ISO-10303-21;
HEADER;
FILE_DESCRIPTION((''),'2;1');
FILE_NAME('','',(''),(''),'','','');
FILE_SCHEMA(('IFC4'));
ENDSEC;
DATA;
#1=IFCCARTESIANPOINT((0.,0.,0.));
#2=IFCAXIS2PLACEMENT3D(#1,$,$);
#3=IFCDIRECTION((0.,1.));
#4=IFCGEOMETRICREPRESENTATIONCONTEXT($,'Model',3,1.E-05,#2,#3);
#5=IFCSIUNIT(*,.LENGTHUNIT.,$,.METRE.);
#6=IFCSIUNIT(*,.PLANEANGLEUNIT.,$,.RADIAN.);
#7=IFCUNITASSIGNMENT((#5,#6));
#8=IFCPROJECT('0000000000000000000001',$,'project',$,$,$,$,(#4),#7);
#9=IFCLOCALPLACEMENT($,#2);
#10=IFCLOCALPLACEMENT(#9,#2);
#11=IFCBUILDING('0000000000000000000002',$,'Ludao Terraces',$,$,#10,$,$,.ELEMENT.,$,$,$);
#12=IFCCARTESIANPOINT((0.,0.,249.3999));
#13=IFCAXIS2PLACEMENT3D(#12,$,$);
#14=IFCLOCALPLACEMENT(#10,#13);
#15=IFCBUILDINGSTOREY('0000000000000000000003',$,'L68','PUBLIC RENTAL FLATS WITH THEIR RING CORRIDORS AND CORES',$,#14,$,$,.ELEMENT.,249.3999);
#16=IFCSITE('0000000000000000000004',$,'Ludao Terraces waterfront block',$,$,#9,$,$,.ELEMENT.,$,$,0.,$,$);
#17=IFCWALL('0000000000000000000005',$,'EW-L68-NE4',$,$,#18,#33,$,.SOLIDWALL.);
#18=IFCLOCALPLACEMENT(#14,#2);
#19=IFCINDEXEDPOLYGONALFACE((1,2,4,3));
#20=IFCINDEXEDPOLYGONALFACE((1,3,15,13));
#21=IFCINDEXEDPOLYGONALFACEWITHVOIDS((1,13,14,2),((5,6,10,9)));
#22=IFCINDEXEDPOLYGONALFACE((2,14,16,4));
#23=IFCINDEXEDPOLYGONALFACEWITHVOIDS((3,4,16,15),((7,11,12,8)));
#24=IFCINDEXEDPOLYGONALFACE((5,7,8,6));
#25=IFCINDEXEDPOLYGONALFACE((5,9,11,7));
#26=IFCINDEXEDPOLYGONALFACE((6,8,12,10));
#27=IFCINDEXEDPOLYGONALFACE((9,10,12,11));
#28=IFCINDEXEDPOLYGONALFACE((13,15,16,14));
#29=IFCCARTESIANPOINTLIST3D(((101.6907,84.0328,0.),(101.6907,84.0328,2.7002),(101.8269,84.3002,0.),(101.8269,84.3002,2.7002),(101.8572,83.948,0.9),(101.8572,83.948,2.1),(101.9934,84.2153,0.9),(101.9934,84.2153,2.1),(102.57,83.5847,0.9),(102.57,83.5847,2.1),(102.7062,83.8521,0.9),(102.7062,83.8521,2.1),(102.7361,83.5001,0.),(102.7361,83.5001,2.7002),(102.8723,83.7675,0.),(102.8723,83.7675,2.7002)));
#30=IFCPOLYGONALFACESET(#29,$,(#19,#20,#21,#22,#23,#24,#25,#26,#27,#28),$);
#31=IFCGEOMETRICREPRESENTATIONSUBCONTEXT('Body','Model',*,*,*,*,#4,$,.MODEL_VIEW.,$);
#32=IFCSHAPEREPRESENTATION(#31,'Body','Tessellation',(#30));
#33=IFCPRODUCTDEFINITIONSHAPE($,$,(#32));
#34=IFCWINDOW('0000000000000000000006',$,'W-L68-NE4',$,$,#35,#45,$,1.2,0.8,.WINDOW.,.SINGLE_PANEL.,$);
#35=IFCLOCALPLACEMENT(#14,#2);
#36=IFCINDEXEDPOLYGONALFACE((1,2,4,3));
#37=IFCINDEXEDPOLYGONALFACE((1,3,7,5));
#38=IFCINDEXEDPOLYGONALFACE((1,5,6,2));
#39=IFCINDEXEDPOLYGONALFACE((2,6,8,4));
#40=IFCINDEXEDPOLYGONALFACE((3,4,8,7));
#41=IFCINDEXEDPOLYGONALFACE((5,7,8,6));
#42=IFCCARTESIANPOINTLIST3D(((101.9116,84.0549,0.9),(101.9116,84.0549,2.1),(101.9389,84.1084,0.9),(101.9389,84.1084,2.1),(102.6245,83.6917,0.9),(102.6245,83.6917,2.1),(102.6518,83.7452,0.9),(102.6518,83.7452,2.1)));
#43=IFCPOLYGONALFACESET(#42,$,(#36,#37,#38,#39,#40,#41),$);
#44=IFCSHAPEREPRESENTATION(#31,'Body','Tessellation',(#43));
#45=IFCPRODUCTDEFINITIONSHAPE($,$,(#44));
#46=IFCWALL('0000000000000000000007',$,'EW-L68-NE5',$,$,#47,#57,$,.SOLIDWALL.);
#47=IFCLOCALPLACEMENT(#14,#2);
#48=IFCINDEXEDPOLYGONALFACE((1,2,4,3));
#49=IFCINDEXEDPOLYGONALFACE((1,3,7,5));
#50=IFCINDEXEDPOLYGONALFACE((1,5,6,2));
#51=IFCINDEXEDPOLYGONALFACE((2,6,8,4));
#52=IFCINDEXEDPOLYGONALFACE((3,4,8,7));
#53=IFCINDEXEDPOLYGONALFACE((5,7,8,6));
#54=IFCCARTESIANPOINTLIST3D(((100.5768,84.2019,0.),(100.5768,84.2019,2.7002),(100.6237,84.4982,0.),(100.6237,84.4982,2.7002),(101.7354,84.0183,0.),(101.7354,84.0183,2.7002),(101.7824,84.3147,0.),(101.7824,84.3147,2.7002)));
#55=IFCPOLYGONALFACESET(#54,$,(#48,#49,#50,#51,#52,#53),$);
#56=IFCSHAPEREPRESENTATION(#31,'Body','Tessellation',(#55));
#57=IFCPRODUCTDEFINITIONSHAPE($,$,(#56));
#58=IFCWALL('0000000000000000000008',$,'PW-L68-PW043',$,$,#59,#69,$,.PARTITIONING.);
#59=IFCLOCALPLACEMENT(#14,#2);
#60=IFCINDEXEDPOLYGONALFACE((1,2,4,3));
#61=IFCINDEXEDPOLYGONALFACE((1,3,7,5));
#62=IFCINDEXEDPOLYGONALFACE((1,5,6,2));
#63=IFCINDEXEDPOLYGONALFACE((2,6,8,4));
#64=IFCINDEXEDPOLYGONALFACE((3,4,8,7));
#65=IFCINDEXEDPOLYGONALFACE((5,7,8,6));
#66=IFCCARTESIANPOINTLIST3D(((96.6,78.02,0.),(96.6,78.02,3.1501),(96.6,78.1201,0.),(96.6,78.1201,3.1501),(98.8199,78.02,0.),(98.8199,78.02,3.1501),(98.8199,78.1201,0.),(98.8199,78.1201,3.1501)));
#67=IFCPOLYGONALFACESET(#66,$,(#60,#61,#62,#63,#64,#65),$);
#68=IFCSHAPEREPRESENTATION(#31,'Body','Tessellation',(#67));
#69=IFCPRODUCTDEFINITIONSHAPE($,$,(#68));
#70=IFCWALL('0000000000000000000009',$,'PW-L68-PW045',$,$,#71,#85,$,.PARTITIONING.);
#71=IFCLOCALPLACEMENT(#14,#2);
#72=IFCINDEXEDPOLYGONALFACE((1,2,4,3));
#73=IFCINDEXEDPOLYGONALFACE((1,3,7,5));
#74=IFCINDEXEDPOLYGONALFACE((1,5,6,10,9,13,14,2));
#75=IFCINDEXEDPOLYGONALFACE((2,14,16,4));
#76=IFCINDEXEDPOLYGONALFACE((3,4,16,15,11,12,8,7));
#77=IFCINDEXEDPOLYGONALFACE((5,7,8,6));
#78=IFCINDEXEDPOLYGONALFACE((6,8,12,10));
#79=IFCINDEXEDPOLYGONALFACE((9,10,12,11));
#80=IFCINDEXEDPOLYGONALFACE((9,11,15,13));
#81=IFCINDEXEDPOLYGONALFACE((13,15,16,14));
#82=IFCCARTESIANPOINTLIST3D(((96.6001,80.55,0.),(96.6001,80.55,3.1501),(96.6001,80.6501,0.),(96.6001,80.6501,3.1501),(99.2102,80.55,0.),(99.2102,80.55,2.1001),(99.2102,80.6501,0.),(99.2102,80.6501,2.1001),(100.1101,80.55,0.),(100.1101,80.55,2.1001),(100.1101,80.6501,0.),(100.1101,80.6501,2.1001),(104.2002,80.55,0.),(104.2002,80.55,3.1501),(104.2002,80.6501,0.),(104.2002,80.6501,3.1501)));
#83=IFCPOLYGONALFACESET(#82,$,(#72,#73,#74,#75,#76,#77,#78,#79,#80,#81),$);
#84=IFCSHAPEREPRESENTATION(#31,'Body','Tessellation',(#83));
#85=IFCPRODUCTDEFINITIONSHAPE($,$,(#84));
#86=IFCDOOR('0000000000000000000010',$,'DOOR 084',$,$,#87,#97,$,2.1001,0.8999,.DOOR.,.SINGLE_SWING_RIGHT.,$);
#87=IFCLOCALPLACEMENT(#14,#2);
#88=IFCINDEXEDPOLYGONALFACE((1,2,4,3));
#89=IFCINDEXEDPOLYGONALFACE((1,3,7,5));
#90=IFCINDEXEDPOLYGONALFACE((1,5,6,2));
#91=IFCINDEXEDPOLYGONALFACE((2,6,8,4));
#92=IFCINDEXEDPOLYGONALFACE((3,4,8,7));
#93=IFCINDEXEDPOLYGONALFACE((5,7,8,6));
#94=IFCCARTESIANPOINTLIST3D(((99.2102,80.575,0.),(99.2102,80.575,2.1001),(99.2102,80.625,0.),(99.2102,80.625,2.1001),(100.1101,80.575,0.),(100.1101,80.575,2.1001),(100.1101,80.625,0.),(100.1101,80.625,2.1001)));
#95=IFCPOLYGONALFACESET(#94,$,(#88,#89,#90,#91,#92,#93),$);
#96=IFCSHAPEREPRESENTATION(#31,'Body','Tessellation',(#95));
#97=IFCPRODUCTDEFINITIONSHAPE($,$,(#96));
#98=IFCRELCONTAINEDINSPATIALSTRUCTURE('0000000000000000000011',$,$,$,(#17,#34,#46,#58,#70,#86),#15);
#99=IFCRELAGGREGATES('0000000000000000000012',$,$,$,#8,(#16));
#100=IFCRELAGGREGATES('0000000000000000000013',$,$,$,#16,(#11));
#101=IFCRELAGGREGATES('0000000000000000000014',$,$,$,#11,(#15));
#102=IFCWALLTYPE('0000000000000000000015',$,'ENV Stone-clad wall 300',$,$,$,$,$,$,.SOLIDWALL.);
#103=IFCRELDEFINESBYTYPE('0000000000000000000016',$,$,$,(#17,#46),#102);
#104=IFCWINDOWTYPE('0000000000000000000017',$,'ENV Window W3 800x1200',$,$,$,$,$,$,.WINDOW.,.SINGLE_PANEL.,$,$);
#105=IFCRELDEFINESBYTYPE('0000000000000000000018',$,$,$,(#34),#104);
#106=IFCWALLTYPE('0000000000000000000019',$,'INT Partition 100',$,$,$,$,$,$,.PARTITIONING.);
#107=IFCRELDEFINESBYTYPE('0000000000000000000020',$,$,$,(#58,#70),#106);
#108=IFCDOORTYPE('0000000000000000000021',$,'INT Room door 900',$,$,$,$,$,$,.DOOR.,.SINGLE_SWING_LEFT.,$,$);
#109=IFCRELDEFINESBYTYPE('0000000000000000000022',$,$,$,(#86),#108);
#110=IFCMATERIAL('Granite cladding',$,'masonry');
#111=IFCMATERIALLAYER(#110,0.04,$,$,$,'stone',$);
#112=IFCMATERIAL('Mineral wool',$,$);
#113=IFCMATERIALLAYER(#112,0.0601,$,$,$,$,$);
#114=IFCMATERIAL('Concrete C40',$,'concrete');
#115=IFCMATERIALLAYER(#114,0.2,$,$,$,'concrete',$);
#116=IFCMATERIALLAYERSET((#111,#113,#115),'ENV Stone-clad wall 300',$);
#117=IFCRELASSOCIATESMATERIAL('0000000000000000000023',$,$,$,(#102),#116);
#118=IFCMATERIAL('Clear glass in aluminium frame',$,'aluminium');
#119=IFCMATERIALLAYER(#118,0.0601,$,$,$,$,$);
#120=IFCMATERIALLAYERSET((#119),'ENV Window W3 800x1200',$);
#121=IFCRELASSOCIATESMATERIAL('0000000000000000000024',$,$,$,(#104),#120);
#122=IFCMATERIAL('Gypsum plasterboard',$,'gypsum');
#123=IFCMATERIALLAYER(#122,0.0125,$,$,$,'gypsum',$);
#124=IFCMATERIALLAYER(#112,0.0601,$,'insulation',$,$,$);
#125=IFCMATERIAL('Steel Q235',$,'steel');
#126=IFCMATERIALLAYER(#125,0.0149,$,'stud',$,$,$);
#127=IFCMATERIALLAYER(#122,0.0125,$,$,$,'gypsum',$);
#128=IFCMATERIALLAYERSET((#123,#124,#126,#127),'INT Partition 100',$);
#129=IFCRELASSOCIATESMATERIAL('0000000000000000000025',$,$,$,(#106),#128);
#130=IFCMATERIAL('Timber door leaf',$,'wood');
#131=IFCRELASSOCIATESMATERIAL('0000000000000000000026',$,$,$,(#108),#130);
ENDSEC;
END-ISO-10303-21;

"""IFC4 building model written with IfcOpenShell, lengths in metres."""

from ifc_helpers import new_model, si_unit, direction, frame, frame_2d, origin, place, context, subcontext, project, spatial, rectangle, extrude, material, layer, layer_set, type_object, element, fill, save


model = new_model("IFC4")

# Units and contexts
model_context = context("Model", 3, precision=1e-05, world=origin(), true_north=direction((0.0, 1.0)))
body_context = subcontext(model_context, "Body", "Model", "MODEL_VIEW")
ifc_project = project(units=[si_unit("LENGTHUNIT", "METRE"), si_unit("PLANEANGLEUNIT", "RADIAN")], contexts=[model_context])

# Site, building, storey
site_placement = place(None, origin())
site = spatial("IfcSite", under=ifc_project, at=site_placement, Name="Ludao Terraces waterfront block", CompositionType="ELEMENT", RefElevation=0.0)
building_placement = place(site_placement, origin())
building = spatial("IfcBuilding", under=site, at=building_placement, Name="Ludao Terraces", CompositionType="ELEMENT")
storey_placement = place(building_placement, frame((0.0, 0.0, 249.3999)))
storey = spatial("IfcBuildingStorey", under=building, at=storey_placement, Name="L68", Description="PUBLIC RENTAL FLATS WITH THEIR RING CORRIDORS AND CORES", CompositionType="ELEMENT", Elevation=249.3999)

# Shared definitions
ifc_material_1 = material(Name="Concrete C40", Category="concrete")

# Shared definitions
ifc_material_2 = material(Name="Steel Q235", Category="steel")

# Shared definitions
ifc_material_3 = material(Name="Granite cladding", Category="masonry")
ifc_layer_1 = layer(ifc_material_3, 0.04, Category="stone")
ifc_material_4 = material(Name="Mineral wool")
ifc_layer_2 = layer(ifc_material_4, 0.0601)
ifc_layer_3 = layer(ifc_material_1, 0.2, Category="concrete")
ifc_layer_set_1 = layer_set([ifc_layer_1, ifc_layer_2, ifc_layer_3], Name="ENV Stone-clad wall 300")
wall_type_1 = type_object("IfcWallType", Name="ENV Stone-clad wall 300", PredefinedType="SOLIDWALL", material=ifc_layer_set_1)
ifc_material_5 = material(Name="Clear glass in aluminium frame", Category="aluminium")

# Wall, opening, window
ifc_layer_4 = layer(ifc_material_5, 0.0601)
ifc_layer_set_2 = layer_set([ifc_layer_4], Name="ENV Window W3 800x1200")
window_type_1 = type_object("IfcWindowType", Name="ENV Window W3 800x1200", PartitioningType="SINGLE_PANEL", PredefinedType="WINDOW", material=ifc_layer_set_2)
wall_1_placement = place(storey_placement, frame((102.8042, 83.6338, 0.0), z_axis=(0.0, 0.0, 1.0), x_axis=(-0.890989, 0.454026, 0.0)))
wall_1 = element("IfcWall", 1, at=wall_1_placement, inside=storey, type_object=wall_type_1, Name="EW-L68-NE4", PredefinedType="SOLIDWALL", context=body_context, shape_type="SweptSolid", body=[
    extrude(rectangle(XDim=1.1733, YDim=0.3, at=frame_2d((0.5867, 0.0))), origin(), (0.0, 0.0, 1.0), 2.7002),
])
opening_1_placement = place(wall_1_placement, frame((0.1865, 0.0, 0.8999)))
opening_1 = element("IfcOpeningElement", 2, at=opening_1_placement, cuts=wall_1, PredefinedType="OPENING", context=body_context, shape_type="SweptSolid", body=[
    extrude(rectangle(XDim=0.8, YDim=1.2, at=frame_2d((0.3999, 0.6001))), frame((0.0, 0.1602, 0.0), z_axis=(0.0, -1.0, 0.0), x_axis=(1.0, 0.0, 0.0)), (0.0, 0.0, 1.0), 0.3201),
])
window_1_placement = place(opening_1_placement, origin())
window_1 = element("IfcWindow", 3, at=window_1_placement, inside=storey, type_object=window_type_1, Name="W-L68-NE4", OverallHeight=1.2, OverallWidth=0.8, PartitioningType="SINGLE_PANEL", PredefinedType="WINDOW", context=body_context, shape_type="SweptSolid", body=[
    extrude(rectangle(XDim=0.8, YDim=1.2, at=frame_2d((0.3999, 0.6001))), frame((0.0, 0.03, 0.0), z_axis=(0.0, -1.0, 0.0), x_axis=(1.0, 0.0, 0.0)), (0.0, 0.0, 1.0), 0.0601),
])
fill(opening_1, window_1)

# Walls
wall_2_placement = place(storey_placement, frame((101.7588, 84.1665, 0.0), z_axis=(0.0, 0.0, 1.0), x_axis=(-0.987678, 0.156497, 0.0)))
element("IfcWall", 4, at=wall_2_placement, inside=storey, type_object=wall_type_1, Name="EW-L68-NE5", PredefinedType="SOLIDWALL", context=body_context, shape_type="SweptSolid", body=[
    extrude(rectangle(XDim=1.1731, YDim=0.3, at=frame_2d((0.5864, 0.0))), origin(), (0.0, 0.0, 1.0), 2.7002),
])
ifc_material_6 = material(Name="Gypsum plasterboard", Category="gypsum")
ifc_layer_5 = layer(ifc_material_6, 0.0125, Category="gypsum")
ifc_layer_6 = layer(ifc_material_4, 0.0601, Name="insulation")
ifc_layer_7 = layer(ifc_material_2, 0.0149, Name="stud")
ifc_layer_8 = layer(ifc_material_6, 0.0125, Category="gypsum")
ifc_layer_set_3 = layer_set([ifc_layer_5, ifc_layer_6, ifc_layer_7, ifc_layer_8], Name="INT Partition 100")
wall_type_2 = type_object("IfcWallType", Name="INT Partition 100", PredefinedType="PARTITIONING", material=ifc_layer_set_3)
wall_3_placement = place(storey_placement, frame((96.6001, 78.0701, 0.0), z_axis=(0.0, 0.0, 1.0), x_axis=(1.0, 0.0, 0.0)))
element("IfcWall", 5, at=wall_3_placement, inside=storey, type_object=wall_type_2, Name="PW-L68-PW043", PredefinedType="PARTITIONING", context=body_context, shape_type="SweptSolid", body=[
    extrude(rectangle(XDim=2.22, YDim=0.1001, at=frame_2d((1.1099, 0.0))), origin(), (0.0, 0.0, 1.0), 3.1501),
])

# Wall, opening, door
wall_4_placement = place(storey_placement, frame((96.6001, 80.6001, 0.0), z_axis=(0.0, 0.0, 1.0), x_axis=(1.0, 0.0, 0.0)))
wall_4 = element("IfcWall", 6, at=wall_4_placement, inside=storey, type_object=wall_type_2, Name="PW-L68-PW045", PredefinedType="PARTITIONING", context=body_context, shape_type="SweptSolid", body=[
    extrude(rectangle(XDim=7.6001, YDim=0.1001, at=frame_2d((3.8, 0.0))), origin(), (0.0, 0.0, 1.0), 3.1501),
])
opening_2_placement = place(wall_4_placement, frame((2.6101, 0.0, 0.0)))
opening_2 = element("IfcOpeningElement", 7, at=opening_2_placement, cuts=wall_4, PredefinedType="OPENING", context=body_context, shape_type="SweptSolid", body=[
    extrude(rectangle(XDim=0.8999, YDim=2.1001, at=frame_2d((0.45, 1.05))), frame((0.0, 0.0601, 0.0), z_axis=(0.0, -1.0, 0.0), x_axis=(1.0, 0.0, 0.0)), (0.0, 0.0, 1.0), 0.1201),
])
ifc_material_7 = material(Name="Timber door leaf", Category="wood")
door_type_1 = type_object("IfcDoorType", Name="INT Room door 900", OperationType="SINGLE_SWING_LEFT", PredefinedType="DOOR", material=ifc_material_7)
door_1_placement = place(opening_2_placement, origin())
door_1 = element("IfcDoor", 8, at=door_1_placement, inside=storey, type_object=door_type_1, Name="DOOR 084", OperationType="SINGLE_SWING_RIGHT", OverallHeight=2.1001, OverallWidth=0.8999, PredefinedType="DOOR", context=body_context, shape_type="SweptSolid", body=[
    extrude(rectangle(XDim=0.8999, YDim=2.1001, at=frame_2d((0.45, 1.05))), frame((0.0, 0.0249, 0.0), z_axis=(0.0, -1.0, 0.0), x_axis=(1.0, 0.0, 0.0)), (0.0, 0.0, 1.0), 0.05),
])
fill(opening_2, door_1)

save(model, "model.ifc")
